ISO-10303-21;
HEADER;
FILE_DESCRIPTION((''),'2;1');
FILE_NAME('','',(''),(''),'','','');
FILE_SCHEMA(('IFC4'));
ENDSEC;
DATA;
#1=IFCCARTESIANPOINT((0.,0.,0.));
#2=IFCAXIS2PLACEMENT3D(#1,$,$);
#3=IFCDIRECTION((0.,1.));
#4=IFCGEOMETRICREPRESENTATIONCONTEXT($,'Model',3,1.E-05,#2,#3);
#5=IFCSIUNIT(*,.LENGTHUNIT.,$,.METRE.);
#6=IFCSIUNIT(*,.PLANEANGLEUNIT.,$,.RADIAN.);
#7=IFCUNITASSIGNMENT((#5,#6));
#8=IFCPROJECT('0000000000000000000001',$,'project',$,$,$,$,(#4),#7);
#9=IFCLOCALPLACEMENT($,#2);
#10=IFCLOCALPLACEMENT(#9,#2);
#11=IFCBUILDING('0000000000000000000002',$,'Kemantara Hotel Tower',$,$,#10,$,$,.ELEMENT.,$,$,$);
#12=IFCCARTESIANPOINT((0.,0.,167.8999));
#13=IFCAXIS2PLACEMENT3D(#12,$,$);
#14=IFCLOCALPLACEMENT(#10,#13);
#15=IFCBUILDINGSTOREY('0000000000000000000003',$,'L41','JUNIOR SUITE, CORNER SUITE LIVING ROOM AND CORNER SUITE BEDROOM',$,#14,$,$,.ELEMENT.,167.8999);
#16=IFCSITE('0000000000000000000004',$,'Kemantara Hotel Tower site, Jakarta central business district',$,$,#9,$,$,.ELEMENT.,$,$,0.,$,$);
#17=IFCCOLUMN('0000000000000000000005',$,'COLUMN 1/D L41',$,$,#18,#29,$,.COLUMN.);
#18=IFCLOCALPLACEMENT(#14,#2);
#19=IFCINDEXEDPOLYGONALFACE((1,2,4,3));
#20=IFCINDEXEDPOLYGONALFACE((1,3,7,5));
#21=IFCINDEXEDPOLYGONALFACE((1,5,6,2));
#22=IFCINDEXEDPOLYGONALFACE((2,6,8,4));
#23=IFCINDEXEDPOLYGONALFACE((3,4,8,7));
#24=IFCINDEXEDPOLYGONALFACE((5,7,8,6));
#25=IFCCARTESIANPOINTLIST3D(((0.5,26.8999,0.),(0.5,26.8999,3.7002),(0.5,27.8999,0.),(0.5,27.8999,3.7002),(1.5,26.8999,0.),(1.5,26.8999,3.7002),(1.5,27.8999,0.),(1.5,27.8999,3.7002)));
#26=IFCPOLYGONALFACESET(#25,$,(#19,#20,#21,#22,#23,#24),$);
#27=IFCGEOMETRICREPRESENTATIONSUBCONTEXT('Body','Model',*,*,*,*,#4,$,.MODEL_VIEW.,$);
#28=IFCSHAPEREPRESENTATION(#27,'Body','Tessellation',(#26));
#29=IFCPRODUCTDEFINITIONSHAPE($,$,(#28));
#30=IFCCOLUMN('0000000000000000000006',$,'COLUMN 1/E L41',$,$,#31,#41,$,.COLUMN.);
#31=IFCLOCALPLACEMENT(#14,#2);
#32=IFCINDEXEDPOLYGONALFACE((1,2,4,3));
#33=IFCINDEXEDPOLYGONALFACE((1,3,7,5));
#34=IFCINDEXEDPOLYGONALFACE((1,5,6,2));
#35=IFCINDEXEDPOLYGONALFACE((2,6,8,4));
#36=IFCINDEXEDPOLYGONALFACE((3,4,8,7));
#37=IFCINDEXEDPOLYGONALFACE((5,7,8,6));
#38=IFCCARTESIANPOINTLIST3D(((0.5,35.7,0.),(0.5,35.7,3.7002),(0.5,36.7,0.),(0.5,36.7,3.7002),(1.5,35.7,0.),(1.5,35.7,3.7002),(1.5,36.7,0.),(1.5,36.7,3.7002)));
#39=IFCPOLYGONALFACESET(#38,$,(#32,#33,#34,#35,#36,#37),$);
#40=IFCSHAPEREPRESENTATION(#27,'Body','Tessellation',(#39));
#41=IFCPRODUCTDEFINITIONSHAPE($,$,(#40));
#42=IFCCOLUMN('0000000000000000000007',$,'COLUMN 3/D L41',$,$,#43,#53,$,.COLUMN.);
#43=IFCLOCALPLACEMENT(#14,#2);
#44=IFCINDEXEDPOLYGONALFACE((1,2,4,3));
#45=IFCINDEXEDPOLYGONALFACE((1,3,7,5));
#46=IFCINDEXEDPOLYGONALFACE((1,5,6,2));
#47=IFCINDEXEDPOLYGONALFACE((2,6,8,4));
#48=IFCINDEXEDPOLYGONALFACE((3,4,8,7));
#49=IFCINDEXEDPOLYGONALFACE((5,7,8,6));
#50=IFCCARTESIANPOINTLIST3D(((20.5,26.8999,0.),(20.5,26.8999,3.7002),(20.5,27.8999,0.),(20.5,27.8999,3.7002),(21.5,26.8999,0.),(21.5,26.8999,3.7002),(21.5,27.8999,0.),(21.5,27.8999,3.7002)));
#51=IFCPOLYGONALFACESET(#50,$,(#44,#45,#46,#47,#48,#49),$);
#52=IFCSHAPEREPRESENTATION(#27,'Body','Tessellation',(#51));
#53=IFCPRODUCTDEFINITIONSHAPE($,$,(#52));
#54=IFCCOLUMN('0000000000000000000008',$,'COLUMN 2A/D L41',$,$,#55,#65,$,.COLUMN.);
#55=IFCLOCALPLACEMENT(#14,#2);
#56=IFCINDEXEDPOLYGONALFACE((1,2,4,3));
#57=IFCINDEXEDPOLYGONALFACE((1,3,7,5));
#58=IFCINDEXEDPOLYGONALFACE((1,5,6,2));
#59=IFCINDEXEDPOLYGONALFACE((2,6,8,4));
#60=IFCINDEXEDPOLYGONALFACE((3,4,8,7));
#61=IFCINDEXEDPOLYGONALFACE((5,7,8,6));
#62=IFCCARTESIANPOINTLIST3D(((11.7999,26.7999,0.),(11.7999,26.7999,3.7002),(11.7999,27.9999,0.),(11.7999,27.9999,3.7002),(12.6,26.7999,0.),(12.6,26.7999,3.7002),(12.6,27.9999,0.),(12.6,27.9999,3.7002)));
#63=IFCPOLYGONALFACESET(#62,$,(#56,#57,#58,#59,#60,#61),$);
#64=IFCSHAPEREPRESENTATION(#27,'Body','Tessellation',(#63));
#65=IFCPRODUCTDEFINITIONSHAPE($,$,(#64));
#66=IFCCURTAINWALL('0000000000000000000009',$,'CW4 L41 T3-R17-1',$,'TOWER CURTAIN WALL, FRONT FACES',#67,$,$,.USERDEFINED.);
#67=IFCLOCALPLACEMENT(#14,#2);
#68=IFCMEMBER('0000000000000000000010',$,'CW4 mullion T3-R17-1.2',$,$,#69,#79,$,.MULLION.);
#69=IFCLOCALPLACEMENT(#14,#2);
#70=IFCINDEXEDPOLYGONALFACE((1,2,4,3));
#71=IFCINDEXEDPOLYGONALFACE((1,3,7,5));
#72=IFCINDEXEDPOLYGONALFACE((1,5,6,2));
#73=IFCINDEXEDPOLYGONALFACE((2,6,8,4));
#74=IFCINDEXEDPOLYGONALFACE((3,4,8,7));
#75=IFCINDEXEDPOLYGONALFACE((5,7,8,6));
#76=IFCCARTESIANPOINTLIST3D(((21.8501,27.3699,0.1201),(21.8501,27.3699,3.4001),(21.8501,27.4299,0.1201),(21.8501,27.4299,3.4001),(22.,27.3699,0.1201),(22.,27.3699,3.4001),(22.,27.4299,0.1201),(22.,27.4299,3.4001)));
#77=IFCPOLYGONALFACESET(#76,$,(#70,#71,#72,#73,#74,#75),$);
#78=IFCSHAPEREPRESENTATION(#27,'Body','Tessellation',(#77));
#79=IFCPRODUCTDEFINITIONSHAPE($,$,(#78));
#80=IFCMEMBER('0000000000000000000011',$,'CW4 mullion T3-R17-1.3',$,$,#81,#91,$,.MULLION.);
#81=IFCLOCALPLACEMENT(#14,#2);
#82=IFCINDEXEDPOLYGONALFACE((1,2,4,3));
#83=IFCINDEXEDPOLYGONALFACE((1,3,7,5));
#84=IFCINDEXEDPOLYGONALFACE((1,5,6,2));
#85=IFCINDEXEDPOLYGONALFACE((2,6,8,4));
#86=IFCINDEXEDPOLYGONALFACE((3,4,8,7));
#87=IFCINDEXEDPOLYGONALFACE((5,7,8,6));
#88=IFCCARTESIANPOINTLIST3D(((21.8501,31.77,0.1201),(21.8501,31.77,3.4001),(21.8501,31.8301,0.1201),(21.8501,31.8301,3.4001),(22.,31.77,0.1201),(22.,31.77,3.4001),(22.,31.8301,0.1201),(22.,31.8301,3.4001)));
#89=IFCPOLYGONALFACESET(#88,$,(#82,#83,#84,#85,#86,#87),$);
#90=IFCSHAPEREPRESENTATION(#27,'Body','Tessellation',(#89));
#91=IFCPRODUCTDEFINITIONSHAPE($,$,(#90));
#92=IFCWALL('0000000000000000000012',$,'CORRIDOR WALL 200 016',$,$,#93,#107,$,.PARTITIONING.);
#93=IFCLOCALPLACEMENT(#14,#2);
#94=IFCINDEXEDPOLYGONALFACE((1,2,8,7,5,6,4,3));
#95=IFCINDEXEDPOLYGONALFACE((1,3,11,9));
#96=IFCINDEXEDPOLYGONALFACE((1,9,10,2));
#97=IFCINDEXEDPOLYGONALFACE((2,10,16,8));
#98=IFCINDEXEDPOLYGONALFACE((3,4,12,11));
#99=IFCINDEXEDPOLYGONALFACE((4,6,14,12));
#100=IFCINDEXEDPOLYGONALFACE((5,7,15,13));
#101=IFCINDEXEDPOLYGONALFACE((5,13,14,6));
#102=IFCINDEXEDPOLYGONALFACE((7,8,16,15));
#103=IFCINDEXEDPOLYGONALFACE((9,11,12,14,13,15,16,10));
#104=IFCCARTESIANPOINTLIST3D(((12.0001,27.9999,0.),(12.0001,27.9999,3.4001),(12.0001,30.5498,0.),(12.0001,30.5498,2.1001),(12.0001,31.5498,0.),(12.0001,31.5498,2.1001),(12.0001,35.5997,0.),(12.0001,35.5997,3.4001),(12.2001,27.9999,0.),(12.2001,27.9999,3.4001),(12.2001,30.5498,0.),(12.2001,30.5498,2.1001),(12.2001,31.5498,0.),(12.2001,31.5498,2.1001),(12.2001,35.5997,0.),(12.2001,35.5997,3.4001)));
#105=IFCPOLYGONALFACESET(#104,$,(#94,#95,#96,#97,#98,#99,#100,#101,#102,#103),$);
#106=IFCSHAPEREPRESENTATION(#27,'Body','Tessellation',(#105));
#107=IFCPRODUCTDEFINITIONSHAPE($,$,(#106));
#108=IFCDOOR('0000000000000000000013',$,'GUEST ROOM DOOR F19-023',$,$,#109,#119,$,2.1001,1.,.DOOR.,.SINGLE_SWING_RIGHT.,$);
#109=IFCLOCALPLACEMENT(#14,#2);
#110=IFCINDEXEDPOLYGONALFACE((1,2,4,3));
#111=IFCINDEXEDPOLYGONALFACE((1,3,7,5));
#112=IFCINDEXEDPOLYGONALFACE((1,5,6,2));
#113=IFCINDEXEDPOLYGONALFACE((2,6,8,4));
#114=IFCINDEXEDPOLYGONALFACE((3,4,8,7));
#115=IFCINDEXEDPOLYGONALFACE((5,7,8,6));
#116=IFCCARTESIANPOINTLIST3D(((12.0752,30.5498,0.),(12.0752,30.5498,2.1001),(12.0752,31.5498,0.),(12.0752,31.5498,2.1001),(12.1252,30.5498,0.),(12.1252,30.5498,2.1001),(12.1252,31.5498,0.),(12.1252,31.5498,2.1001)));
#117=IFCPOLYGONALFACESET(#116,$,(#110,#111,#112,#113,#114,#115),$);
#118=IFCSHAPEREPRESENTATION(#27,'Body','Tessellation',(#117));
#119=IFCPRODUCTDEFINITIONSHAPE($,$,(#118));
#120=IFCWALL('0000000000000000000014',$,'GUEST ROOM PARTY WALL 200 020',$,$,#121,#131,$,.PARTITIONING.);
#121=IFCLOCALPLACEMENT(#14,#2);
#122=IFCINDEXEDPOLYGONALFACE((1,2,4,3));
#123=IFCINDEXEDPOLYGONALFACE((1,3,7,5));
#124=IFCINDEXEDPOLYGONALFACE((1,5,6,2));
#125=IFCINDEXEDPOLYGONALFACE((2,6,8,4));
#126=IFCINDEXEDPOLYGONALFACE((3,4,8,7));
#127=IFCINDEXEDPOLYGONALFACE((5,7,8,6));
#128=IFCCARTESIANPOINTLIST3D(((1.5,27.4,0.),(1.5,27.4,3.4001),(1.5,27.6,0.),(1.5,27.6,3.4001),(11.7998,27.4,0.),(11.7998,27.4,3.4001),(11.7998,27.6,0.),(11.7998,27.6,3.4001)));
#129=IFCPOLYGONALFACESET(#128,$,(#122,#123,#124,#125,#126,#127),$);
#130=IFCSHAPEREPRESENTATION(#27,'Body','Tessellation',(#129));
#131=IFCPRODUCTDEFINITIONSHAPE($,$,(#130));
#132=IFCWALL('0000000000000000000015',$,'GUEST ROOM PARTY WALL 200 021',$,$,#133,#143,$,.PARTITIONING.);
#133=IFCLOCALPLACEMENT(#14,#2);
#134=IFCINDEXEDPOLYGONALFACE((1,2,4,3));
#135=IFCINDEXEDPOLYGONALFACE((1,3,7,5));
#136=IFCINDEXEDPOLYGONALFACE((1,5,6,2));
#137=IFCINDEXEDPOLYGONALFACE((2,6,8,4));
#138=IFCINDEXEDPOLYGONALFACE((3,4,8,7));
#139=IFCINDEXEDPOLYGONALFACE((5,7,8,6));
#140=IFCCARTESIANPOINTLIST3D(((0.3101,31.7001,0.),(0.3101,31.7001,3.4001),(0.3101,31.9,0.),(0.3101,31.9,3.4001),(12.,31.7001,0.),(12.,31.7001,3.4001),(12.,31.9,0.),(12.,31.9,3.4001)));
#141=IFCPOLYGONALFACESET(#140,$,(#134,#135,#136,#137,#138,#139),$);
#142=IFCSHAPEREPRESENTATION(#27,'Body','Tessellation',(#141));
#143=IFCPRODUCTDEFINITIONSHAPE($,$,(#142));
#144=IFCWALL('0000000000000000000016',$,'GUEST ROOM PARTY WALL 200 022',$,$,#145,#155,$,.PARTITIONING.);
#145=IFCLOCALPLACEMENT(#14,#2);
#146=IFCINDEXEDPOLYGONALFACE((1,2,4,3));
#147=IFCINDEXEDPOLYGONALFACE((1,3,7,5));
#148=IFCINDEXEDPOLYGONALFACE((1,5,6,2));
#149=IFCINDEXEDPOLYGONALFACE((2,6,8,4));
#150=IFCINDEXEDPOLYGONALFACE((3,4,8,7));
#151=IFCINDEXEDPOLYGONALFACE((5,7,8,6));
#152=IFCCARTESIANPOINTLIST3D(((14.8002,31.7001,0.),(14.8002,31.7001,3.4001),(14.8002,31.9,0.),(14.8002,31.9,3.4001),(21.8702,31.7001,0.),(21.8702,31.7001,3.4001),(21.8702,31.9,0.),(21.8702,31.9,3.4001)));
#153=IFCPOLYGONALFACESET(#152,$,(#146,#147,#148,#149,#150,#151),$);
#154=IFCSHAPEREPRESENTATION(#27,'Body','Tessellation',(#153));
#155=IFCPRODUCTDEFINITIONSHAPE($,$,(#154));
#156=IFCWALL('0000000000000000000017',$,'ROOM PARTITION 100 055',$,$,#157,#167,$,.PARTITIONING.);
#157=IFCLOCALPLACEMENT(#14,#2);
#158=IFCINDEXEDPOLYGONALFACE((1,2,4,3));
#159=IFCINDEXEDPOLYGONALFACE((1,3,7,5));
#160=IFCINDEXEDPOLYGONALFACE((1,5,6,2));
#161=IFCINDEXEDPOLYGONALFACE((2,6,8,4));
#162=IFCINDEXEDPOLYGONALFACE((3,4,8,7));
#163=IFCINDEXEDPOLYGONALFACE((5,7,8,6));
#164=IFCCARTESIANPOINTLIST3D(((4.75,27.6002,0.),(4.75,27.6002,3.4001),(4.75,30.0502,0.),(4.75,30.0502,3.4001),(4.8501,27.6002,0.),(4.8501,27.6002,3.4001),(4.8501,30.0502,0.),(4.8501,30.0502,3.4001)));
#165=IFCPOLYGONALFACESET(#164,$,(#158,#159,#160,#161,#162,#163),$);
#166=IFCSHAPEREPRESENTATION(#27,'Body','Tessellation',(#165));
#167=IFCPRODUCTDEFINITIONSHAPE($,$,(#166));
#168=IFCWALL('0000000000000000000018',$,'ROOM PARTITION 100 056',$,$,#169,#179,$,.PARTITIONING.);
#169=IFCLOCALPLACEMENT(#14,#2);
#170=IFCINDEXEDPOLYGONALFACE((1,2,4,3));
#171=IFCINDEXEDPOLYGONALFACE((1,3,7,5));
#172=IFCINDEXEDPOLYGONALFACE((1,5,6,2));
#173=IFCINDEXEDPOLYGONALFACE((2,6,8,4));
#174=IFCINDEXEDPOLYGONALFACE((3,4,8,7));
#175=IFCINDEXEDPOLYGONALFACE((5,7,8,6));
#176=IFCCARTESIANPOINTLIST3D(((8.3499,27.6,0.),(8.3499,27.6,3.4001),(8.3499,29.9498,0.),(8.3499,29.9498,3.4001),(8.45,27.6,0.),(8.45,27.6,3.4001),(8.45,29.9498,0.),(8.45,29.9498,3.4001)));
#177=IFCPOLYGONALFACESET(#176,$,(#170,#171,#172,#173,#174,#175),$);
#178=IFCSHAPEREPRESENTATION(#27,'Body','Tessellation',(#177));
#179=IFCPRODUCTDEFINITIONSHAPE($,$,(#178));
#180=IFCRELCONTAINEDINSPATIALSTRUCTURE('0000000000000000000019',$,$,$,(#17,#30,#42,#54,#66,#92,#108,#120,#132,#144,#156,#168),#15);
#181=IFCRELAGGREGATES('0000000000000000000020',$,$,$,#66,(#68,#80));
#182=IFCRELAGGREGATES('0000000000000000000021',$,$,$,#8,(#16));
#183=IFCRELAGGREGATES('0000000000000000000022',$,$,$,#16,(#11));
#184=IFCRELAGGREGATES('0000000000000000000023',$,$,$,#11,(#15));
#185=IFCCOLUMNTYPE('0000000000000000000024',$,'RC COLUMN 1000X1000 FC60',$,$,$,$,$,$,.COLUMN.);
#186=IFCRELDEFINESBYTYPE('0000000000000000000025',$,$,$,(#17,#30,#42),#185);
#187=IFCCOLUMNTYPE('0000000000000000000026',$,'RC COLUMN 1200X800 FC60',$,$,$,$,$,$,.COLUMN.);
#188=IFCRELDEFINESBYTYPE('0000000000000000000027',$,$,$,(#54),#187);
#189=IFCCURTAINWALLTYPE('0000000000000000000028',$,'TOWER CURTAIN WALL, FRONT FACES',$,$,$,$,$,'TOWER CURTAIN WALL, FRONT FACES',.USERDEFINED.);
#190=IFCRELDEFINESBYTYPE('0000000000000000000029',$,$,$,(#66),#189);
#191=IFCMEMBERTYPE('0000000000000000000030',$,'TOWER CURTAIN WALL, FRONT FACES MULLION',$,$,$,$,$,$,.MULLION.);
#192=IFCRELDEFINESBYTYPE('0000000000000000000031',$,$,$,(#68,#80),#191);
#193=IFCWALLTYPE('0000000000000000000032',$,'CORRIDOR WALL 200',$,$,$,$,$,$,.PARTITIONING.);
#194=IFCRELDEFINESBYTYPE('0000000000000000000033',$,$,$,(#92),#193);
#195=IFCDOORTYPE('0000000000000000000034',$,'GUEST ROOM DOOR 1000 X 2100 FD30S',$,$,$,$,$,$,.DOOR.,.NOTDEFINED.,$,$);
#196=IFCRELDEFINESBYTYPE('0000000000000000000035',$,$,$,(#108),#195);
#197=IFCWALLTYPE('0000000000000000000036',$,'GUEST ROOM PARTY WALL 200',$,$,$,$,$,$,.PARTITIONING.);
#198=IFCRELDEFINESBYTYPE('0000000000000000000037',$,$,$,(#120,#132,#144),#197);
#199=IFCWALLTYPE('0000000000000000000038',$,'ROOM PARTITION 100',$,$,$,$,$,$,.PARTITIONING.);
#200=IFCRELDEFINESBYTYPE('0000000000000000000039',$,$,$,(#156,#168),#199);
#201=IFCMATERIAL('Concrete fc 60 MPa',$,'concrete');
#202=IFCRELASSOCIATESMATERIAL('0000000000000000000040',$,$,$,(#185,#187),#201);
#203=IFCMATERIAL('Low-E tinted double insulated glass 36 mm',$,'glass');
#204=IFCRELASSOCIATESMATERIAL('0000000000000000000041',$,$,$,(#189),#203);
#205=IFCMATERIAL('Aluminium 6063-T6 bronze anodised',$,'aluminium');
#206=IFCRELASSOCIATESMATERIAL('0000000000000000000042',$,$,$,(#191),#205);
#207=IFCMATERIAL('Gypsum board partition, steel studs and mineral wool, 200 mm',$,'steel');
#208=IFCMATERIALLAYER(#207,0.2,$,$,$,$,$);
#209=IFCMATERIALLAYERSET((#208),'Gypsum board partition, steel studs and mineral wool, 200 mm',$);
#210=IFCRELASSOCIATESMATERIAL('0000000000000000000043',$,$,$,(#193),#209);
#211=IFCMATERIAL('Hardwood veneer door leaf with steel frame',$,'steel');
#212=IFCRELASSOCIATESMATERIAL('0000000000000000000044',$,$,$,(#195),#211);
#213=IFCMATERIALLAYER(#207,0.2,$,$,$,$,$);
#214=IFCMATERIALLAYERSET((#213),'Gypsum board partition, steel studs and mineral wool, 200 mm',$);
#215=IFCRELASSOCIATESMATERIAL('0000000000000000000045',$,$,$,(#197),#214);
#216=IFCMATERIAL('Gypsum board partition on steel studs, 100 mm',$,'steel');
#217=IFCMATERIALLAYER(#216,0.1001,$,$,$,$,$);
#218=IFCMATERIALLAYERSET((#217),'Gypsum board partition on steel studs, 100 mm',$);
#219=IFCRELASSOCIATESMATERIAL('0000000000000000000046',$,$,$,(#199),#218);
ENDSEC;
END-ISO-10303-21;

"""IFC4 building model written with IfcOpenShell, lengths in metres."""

from ifc_helpers import new_model, si_unit, direction, frame, frame_2d, origin, origin_2d, place, context, subcontext, project, spatial, rectangle, extrude, source, transform, mapped, material, layer, layer_set, material_profile, profile_set, type_object, element, fill, aggregate, save


model = new_model("IFC4")

# Units and contexts
model_context = context("Model", 3, precision=1e-05, world=origin(), true_north=direction((0.0, 1.0)))
body_context = subcontext(model_context, "Body", "Model", "MODEL_VIEW")
ifc_project = project(units=[si_unit("LENGTHUNIT", "METRE"), si_unit("PLANEANGLEUNIT", "RADIAN")], contexts=[model_context])

# Site, building, storey
site_placement = place(None, origin())
site = spatial("IfcSite", under=ifc_project, at=site_placement, Name="Kemantara Hotel Tower site, Jakarta central business district", CompositionType="ELEMENT", RefElevation=0.0)
building_placement = place(site_placement, origin())
building = spatial("IfcBuilding", under=site, at=building_placement, Name="Kemantara Hotel Tower", CompositionType="ELEMENT")
storey_placement = place(building_placement, frame((0.0, 0.0, 167.8999)))
storey = spatial("IfcBuildingStorey", under=building, at=storey_placement, Name="L41", Description="JUNIOR SUITE, CORNER SUITE LIVING ROOM AND CORNER SUITE BEDROOM", CompositionType="ELEMENT", Elevation=167.8999)

# Columns
ifc_material_1 = material(Name="Concrete fc 60 MPa", Category="concrete")
ifc_material_profile_1 = material_profile(ifc_material_1, rectangle(XDim=1.0, YDim=1.0, at=origin_2d()), Name="RC 1000X1000")
ifc_profile_set_1 = profile_set([ifc_material_profile_1], Name="Concrete fc 60 MPa")
column_type_1 = type_object("IfcColumnType", Name="RC COLUMN 1000X1000 FC60", PredefinedType="COLUMN", material=ifc_profile_set_1)
for number, where, z_axis, x_axis, name in (
    (1, (1.0, 27.3999, 0.0), (0.0, 0.0, 1.0), (1.0, 0.0, 0.0), "COLUMN 1/D L41"),
    (2, (1.0, 36.2, 0.0), (0.0, 0.0, 1.0), (1.0, 0.0, 0.0), "COLUMN 1/E L41"),
    (3, (21.0, 27.3999, 0.0), (0.0, 0.0, 1.0), (1.0, 0.0, 0.0), "COLUMN 3/D L41"),
):
    element("IfcColumn", number, at=place(storey_placement, frame(where, z_axis=z_axis, x_axis=x_axis)), inside=storey, type_object=column_type_1, Name=name, PredefinedType="COLUMN", context=body_context, shape_type="SweptSolid", body=[
        extrude(rectangle(XDim=1.0, YDim=1.0, at=origin_2d()), origin(), (0.0, 0.0, 1.0), 3.7002),
    ])
ifc_material_profile_2 = material_profile(ifc_material_1, rectangle(XDim=1.2, YDim=0.8, at=origin_2d()), Name="RC 1200X800")
ifc_profile_set_2 = profile_set([ifc_material_profile_2], Name="Concrete fc 60 MPa")
column_type_2 = type_object("IfcColumnType", Name="RC COLUMN 1200X800 FC60", PredefinedType="COLUMN", material=ifc_profile_set_2)
column_placement = place(storey_placement, frame((12.2, 27.3999, 0.0), z_axis=(0.0, 0.0, 1.0), x_axis=(0.0, 1.0, 0.0)))
element("IfcColumn", 4, at=column_placement, inside=storey, type_object=column_type_2, Name="COLUMN 2A/D L41", PredefinedType="COLUMN", context=body_context, shape_type="SweptSolid", body=[
    extrude(rectangle(XDim=1.2, YDim=0.8, at=origin_2d()), origin(), (0.0, 0.0, 1.0), 3.7002),
])

# Curtain wall, members
ifc_material_2 = material(Name="Low-E tinted double insulated glass 36 mm", Category="glass")
curtain_wall_type = type_object("IfcCurtainWallType", Name="TOWER CURTAIN WALL, FRONT FACES", ElementType="TOWER CURTAIN WALL, FRONT FACES", PredefinedType="USERDEFINED", material=ifc_material_2)
curtain_wall_placement = place(storey_placement, origin())
curtain_wall = element("IfcCurtainWall", 5, at=curtain_wall_placement, inside=storey, type_object=curtain_wall_type, Name="CW4 L41 T3-R17-1", ObjectType="TOWER CURTAIN WALL, FRONT FACES", PredefinedType="USERDEFINED")
ifc_material_3 = material(Name="Aluminium 6063-T6 bronze anodised", Category="aluminium")
ifc_material_profile_3 = material_profile(ifc_material_3, rectangle(XDim=0.1499, YDim=0.0601, at=origin_2d()), Name="TOWER CURTAIN WALL, FRONT FACES MULLION")
ifc_profile_set_3 = profile_set([ifc_material_profile_3], Name="Aluminium 6063-T6 bronze anodised")
member_type = type_object("IfcMemberType", Name="TOWER CURTAIN WALL, FRONT FACES MULLION", PredefinedType="MULLION", material=ifc_profile_set_3)
shared_shape_1 = source(origin(), body_context, "Body", "SweptSolid", [
    extrude(rectangle(XDim=0.1499, YDim=0.0601, at=origin_2d()), origin(), (0.0, 0.0, 1.0), 3.28),
])
member_1_placement = place(storey_placement, frame((21.925, 27.3999, 0.1201), z_axis=(0.0, 0.0, 1.0), x_axis=(-1.0, 0.0, 0.0)))
member_1 = element("IfcMember", 6, at=member_1_placement, type_object=member_type, Name="CW4 mullion T3-R17-1.2", PredefinedType="MULLION", context=body_context, shape_type="MappedRepresentation", body=[
    mapped(shared_shape_1, transform((0.0, 0.0, 0.0))),
])
member_2_placement = place(storey_placement, frame((21.925, 31.8, 0.1201), z_axis=(0.0, 0.0, 1.0), x_axis=(-1.0, 0.0, 0.0)))
member_2 = element("IfcMember", 7, at=member_2_placement, type_object=member_type, Name="CW4 mullion T3-R17-1.3", PredefinedType="MULLION", context=body_context, shape_type="MappedRepresentation", body=[
    mapped(shared_shape_1, transform((0.0, 0.0, 0.0))),
])
aggregate(curtain_wall, [member_1, member_2])

# Wall, opening, door
ifc_material_4 = material(Name="Gypsum board partition, steel studs and mineral wool, 200 mm", Category="steel")
ifc_layer_1 = layer(ifc_material_4, 0.2)
ifc_layer_set_1 = layer_set([ifc_layer_1], Name="Gypsum board partition, steel studs and mineral wool, 200 mm")
wall_type_1 = type_object("IfcWallType", Name="CORRIDOR WALL 200", PredefinedType="PARTITIONING", material=ifc_layer_set_1)
wall_1_placement = place(storey_placement, frame((12.1001, 28.0, 0.0), z_axis=(0.0, 0.0, 1.0), x_axis=(0.0, 1.0, 0.0)))
wall_1 = element("IfcWall", 8, at=wall_1_placement, inside=storey, type_object=wall_type_1, Name="CORRIDOR WALL 200 016", PredefinedType="PARTITIONING", context=body_context, shape_type="SweptSolid", body=[
    extrude(rectangle(XDim=7.5999, YDim=0.2, at=frame_2d((3.7998, 0.0))), origin(), (0.0, 0.0, 1.0), 3.4001),
])
opening_1_placement = place(wall_1_placement, frame((2.5498, 0.0, 0.0)))
opening_1 = element("IfcOpeningElement", 9, at=opening_1_placement, cuts=wall_1, PredefinedType="OPENING", context=body_context, shape_type="SweptSolid", body=[
    extrude(rectangle(XDim=1.0, YDim=2.1001, at=frame_2d((0.5, 1.05))), frame((0.0, 0.1099, 0.0), z_axis=(0.0, -1.0, 0.0), x_axis=(1.0, 0.0, 0.0)), (0.0, 0.0, 1.0), 0.22),
])
ifc_material_5 = material(Name="Hardwood veneer door leaf with steel frame", Category="steel")
door_type_1 = type_object("IfcDoorType", Name="GUEST ROOM DOOR 1000 X 2100 FD30S", OperationType="NOTDEFINED", PredefinedType="DOOR", material=ifc_material_5)
door_1_placement = place(opening_1_placement, origin())
door_1 = element("IfcDoor", 10, at=door_1_placement, inside=storey, type_object=door_type_1, Name="GUEST ROOM DOOR F19-023", OperationType="SINGLE_SWING_RIGHT", OverallHeight=2.1001, OverallWidth=1.0, PredefinedType="DOOR", context=body_context, shape_type="SweptSolid", body=[
    extrude(rectangle(XDim=1.0, YDim=2.1001, at=frame_2d((0.5, 1.05))), frame((0.0, 0.0249, 0.0), z_axis=(0.0, -1.0, 0.0), x_axis=(1.0, 0.0, 0.0)), (0.0, 0.0, 1.0), 0.05),
])
fill(opening_1, door_1)

# Walls
ifc_layer_2 = layer(ifc_material_4, 0.2)
ifc_layer_set_2 = layer_set([ifc_layer_2], Name="Gypsum board partition, steel studs and mineral wool, 200 mm")
wall_type_2 = type_object("IfcWallType", Name="GUEST ROOM PARTY WALL 200", PredefinedType="PARTITIONING", material=ifc_layer_set_2)
wall_2_placement = place(storey_placement, frame((1.5, 27.5, 0.0), z_axis=(0.0, 0.0, 1.0), x_axis=(1.0, 0.0, 0.0)))
element("IfcWall", 11, at=wall_2_placement, inside=storey, type_object=wall_type_2, Name="GUEST ROOM PARTY WALL 200 020", PredefinedType="PARTITIONING", context=body_context, shape_type="SweptSolid", body=[
    extrude(rectangle(XDim=10.2998, YDim=0.2, at=frame_2d((5.1499, 0.0))), origin(), (0.0, 0.0, 1.0), 3.4001),
])
wall_3_placement = place(storey_placement, frame((0.3101, 31.8, 0.0), z_axis=(0.0, 0.0, 1.0), x_axis=(1.0, 0.0, 0.0)))
element("IfcWall", 12, at=wall_3_placement, inside=storey, type_object=wall_type_2, Name="GUEST ROOM PARTY WALL 200 021", PredefinedType="PARTITIONING", context=body_context, shape_type="SweptSolid", body=[
    extrude(rectangle(XDim=11.6899, YDim=0.2, at=frame_2d((5.845, 0.0))), origin(), (0.0, 0.0, 1.0), 3.4001),
])
wall_4_placement = place(storey_placement, frame((14.8, 31.8, 0.0), z_axis=(0.0, 0.0, 1.0), x_axis=(1.0, 0.0, 0.0)))
element("IfcWall", 13, at=wall_4_placement, inside=storey, type_object=wall_type_2, Name="GUEST ROOM PARTY WALL 200 022", PredefinedType="PARTITIONING", context=body_context, shape_type="SweptSolid", body=[
    extrude(rectangle(XDim=7.0701, YDim=0.2, at=frame_2d((3.5352, 0.0))), origin(), (0.0, 0.0, 1.0), 3.4001),
])
ifc_material_6 = material(Name="Gypsum board partition on steel studs, 100 mm", Category="steel")
ifc_layer_3 = layer(ifc_material_6, 0.1001)
ifc_layer_set_3 = layer_set([ifc_layer_3], Name="Gypsum board partition on steel studs, 100 mm")
wall_type_3 = type_object("IfcWallType", Name="ROOM PARTITION 100", PredefinedType="PARTITIONING", material=ifc_layer_set_3)
wall_5_placement = place(storey_placement, frame((4.8, 27.6001, 0.0), z_axis=(0.0, 0.0, 1.0), x_axis=(0.0, 1.0, 0.0)))
element("IfcWall", 14, at=wall_5_placement, inside=storey, type_object=wall_type_3, Name="ROOM PARTITION 100 055", PredefinedType="PARTITIONING", context=body_context, shape_type="SweptSolid", body=[
    extrude(rectangle(XDim=2.45, YDim=0.1001, at=frame_2d((1.2251, 0.0))), origin(), (0.0, 0.0, 1.0), 3.4001),
])
wall_6_placement = place(storey_placement, frame((8.3999, 27.6001, 0.0), z_axis=(0.0, 0.0, 1.0), x_axis=(0.0, 1.0, 0.0)))
element("IfcWall", 15, at=wall_6_placement, inside=storey, type_object=wall_type_3, Name="ROOM PARTITION 100 056", PredefinedType="PARTITIONING", context=body_context, shape_type="SweptSolid", body=[
    extrude(rectangle(XDim=2.3499, YDim=0.1001, at=frame_2d((1.1748, 0.0))), origin(), (0.0, 0.0, 1.0), 3.4001),
])

save(model, "model.ifc")
